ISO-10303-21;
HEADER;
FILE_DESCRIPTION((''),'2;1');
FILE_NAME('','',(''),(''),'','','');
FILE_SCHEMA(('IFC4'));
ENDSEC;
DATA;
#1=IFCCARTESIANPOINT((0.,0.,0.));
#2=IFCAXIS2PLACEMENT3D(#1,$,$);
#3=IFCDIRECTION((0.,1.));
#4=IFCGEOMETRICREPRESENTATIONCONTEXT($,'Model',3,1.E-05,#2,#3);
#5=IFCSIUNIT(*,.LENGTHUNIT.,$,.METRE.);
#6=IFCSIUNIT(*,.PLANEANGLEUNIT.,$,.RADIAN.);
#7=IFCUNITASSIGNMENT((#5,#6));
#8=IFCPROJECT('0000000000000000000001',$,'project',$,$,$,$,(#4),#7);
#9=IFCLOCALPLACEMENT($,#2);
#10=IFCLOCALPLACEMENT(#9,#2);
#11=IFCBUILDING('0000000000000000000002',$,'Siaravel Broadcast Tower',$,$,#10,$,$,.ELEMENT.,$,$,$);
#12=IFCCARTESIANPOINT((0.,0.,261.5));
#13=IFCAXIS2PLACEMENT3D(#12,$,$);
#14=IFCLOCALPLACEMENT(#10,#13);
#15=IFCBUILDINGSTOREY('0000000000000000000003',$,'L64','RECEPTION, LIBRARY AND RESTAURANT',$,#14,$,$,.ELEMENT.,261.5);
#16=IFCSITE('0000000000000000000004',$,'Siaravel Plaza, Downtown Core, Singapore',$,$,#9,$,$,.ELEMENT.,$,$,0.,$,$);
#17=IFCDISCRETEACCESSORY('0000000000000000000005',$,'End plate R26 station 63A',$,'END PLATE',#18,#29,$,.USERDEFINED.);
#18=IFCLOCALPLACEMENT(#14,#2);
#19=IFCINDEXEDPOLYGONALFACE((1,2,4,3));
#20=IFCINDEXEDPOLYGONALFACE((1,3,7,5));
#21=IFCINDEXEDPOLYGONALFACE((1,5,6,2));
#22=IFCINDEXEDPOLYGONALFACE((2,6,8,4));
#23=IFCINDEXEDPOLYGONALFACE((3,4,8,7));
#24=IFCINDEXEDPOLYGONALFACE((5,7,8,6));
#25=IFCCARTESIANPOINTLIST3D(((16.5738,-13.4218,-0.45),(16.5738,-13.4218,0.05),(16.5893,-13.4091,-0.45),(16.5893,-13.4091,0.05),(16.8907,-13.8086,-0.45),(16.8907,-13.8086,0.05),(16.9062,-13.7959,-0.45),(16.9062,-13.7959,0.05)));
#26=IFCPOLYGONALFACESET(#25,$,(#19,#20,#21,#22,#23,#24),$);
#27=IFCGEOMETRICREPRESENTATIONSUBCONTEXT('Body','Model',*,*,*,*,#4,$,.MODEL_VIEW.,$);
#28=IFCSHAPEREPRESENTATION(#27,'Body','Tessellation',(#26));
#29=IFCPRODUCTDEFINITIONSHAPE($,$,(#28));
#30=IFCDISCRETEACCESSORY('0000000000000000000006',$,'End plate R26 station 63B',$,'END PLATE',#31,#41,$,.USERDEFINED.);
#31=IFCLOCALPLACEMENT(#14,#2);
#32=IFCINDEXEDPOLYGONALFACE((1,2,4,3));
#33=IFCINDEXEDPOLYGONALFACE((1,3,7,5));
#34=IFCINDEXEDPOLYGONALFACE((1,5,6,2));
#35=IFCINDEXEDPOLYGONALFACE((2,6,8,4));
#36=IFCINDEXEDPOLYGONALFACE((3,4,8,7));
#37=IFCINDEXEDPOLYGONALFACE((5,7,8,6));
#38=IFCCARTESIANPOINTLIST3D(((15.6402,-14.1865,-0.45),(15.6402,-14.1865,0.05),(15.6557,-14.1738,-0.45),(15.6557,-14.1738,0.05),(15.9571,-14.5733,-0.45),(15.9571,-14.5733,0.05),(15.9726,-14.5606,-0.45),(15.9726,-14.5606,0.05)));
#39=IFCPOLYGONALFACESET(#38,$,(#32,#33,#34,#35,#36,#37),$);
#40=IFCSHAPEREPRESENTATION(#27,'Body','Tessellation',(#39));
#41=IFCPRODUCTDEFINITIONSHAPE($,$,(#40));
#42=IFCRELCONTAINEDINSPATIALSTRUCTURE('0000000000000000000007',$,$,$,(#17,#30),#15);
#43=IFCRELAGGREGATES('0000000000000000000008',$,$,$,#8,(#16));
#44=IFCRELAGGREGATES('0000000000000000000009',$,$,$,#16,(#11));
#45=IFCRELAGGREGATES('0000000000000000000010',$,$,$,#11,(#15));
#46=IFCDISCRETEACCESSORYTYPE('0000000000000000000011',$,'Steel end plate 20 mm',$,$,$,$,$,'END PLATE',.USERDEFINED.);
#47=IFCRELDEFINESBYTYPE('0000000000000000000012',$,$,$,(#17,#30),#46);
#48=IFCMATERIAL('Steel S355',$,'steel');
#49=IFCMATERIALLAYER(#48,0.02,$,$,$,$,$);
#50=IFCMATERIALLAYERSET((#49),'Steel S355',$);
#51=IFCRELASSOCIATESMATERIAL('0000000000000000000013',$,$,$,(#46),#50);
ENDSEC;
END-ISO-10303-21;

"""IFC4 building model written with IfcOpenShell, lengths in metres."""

from ifc_helpers import new_model, si_unit, direction, frame, origin, origin_2d, place, context, subcontext, project, spatial, rectangle, extrude, material, layer, layer_set, type_object, element, save


model = new_model("IFC4")

# Units and contexts
model_context = context("Model", 3, precision=1e-05, world=origin(), true_north=direction((0.0, 1.0)))
body_context = subcontext(model_context, "Body", "Model", "MODEL_VIEW")
ifc_project = project(units=[si_unit("LENGTHUNIT", "METRE"), si_unit("PLANEANGLEUNIT", "RADIAN")], contexts=[model_context])

# Site, building, storey
site_placement = place(None, origin())
site = spatial("IfcSite", under=ifc_project, at=site_placement, Name="Siaravel Plaza, Downtown Core, Singapore", CompositionType="ELEMENT", RefElevation=0.0)
building_placement = place(site_placement, origin())
building = spatial("IfcBuilding", under=site, at=building_placement, Name="Siaravel Broadcast Tower", CompositionType="ELEMENT")
storey_placement = place(building_placement, frame((0.0, 0.0, 261.5)))
storey = spatial("IfcBuildingStorey", under=building, at=storey_placement, Name="L64", Description="RECEPTION, LIBRARY AND RESTAURANT", CompositionType="ELEMENT", Elevation=261.5)

# Shared definitions
ifc_material_1 = material(Name="Steel S355", Category="steel")

# Discrete accessories
ifc_layer_1 = layer(ifc_material_1, 0.02)
ifc_layer_set_1 = layer_set([ifc_layer_1], Name="Steel S355")
discrete_accessory_type = type_object("IfcDiscreteAccessoryType", Name="Steel end plate 20 mm", ElementType="END PLATE", PredefinedType="USERDEFINED", material=ifc_layer_set_1)
for number, where, z_axis, x_axis, name in (
    (1, (16.74, -13.6089, -0.45), (0.0, 0.0, 1.0), (0.773605, 0.633669, 0.0), "End plate R26 station 63A"),
    (2, (15.8064, -14.3735, -0.45), (0.0, 0.0, 1.0), (0.773605, 0.633669, 0.0), "End plate R26 station 63B"),
):
    element("IfcDiscreteAccessory", number, at=place(storey_placement, frame(where, z_axis=z_axis, x_axis=x_axis)), inside=storey, type_object=discrete_accessory_type, Name=name, ObjectType="END PLATE", PredefinedType="USERDEFINED", context=body_context, shape_type="SweptSolid", body=[
        extrude(rectangle(XDim=0.02, YDim=0.5, at=origin_2d()), origin(), (0.0, 0.0, 1.0), 0.5),
    ])

save(model, "model.ifc")
